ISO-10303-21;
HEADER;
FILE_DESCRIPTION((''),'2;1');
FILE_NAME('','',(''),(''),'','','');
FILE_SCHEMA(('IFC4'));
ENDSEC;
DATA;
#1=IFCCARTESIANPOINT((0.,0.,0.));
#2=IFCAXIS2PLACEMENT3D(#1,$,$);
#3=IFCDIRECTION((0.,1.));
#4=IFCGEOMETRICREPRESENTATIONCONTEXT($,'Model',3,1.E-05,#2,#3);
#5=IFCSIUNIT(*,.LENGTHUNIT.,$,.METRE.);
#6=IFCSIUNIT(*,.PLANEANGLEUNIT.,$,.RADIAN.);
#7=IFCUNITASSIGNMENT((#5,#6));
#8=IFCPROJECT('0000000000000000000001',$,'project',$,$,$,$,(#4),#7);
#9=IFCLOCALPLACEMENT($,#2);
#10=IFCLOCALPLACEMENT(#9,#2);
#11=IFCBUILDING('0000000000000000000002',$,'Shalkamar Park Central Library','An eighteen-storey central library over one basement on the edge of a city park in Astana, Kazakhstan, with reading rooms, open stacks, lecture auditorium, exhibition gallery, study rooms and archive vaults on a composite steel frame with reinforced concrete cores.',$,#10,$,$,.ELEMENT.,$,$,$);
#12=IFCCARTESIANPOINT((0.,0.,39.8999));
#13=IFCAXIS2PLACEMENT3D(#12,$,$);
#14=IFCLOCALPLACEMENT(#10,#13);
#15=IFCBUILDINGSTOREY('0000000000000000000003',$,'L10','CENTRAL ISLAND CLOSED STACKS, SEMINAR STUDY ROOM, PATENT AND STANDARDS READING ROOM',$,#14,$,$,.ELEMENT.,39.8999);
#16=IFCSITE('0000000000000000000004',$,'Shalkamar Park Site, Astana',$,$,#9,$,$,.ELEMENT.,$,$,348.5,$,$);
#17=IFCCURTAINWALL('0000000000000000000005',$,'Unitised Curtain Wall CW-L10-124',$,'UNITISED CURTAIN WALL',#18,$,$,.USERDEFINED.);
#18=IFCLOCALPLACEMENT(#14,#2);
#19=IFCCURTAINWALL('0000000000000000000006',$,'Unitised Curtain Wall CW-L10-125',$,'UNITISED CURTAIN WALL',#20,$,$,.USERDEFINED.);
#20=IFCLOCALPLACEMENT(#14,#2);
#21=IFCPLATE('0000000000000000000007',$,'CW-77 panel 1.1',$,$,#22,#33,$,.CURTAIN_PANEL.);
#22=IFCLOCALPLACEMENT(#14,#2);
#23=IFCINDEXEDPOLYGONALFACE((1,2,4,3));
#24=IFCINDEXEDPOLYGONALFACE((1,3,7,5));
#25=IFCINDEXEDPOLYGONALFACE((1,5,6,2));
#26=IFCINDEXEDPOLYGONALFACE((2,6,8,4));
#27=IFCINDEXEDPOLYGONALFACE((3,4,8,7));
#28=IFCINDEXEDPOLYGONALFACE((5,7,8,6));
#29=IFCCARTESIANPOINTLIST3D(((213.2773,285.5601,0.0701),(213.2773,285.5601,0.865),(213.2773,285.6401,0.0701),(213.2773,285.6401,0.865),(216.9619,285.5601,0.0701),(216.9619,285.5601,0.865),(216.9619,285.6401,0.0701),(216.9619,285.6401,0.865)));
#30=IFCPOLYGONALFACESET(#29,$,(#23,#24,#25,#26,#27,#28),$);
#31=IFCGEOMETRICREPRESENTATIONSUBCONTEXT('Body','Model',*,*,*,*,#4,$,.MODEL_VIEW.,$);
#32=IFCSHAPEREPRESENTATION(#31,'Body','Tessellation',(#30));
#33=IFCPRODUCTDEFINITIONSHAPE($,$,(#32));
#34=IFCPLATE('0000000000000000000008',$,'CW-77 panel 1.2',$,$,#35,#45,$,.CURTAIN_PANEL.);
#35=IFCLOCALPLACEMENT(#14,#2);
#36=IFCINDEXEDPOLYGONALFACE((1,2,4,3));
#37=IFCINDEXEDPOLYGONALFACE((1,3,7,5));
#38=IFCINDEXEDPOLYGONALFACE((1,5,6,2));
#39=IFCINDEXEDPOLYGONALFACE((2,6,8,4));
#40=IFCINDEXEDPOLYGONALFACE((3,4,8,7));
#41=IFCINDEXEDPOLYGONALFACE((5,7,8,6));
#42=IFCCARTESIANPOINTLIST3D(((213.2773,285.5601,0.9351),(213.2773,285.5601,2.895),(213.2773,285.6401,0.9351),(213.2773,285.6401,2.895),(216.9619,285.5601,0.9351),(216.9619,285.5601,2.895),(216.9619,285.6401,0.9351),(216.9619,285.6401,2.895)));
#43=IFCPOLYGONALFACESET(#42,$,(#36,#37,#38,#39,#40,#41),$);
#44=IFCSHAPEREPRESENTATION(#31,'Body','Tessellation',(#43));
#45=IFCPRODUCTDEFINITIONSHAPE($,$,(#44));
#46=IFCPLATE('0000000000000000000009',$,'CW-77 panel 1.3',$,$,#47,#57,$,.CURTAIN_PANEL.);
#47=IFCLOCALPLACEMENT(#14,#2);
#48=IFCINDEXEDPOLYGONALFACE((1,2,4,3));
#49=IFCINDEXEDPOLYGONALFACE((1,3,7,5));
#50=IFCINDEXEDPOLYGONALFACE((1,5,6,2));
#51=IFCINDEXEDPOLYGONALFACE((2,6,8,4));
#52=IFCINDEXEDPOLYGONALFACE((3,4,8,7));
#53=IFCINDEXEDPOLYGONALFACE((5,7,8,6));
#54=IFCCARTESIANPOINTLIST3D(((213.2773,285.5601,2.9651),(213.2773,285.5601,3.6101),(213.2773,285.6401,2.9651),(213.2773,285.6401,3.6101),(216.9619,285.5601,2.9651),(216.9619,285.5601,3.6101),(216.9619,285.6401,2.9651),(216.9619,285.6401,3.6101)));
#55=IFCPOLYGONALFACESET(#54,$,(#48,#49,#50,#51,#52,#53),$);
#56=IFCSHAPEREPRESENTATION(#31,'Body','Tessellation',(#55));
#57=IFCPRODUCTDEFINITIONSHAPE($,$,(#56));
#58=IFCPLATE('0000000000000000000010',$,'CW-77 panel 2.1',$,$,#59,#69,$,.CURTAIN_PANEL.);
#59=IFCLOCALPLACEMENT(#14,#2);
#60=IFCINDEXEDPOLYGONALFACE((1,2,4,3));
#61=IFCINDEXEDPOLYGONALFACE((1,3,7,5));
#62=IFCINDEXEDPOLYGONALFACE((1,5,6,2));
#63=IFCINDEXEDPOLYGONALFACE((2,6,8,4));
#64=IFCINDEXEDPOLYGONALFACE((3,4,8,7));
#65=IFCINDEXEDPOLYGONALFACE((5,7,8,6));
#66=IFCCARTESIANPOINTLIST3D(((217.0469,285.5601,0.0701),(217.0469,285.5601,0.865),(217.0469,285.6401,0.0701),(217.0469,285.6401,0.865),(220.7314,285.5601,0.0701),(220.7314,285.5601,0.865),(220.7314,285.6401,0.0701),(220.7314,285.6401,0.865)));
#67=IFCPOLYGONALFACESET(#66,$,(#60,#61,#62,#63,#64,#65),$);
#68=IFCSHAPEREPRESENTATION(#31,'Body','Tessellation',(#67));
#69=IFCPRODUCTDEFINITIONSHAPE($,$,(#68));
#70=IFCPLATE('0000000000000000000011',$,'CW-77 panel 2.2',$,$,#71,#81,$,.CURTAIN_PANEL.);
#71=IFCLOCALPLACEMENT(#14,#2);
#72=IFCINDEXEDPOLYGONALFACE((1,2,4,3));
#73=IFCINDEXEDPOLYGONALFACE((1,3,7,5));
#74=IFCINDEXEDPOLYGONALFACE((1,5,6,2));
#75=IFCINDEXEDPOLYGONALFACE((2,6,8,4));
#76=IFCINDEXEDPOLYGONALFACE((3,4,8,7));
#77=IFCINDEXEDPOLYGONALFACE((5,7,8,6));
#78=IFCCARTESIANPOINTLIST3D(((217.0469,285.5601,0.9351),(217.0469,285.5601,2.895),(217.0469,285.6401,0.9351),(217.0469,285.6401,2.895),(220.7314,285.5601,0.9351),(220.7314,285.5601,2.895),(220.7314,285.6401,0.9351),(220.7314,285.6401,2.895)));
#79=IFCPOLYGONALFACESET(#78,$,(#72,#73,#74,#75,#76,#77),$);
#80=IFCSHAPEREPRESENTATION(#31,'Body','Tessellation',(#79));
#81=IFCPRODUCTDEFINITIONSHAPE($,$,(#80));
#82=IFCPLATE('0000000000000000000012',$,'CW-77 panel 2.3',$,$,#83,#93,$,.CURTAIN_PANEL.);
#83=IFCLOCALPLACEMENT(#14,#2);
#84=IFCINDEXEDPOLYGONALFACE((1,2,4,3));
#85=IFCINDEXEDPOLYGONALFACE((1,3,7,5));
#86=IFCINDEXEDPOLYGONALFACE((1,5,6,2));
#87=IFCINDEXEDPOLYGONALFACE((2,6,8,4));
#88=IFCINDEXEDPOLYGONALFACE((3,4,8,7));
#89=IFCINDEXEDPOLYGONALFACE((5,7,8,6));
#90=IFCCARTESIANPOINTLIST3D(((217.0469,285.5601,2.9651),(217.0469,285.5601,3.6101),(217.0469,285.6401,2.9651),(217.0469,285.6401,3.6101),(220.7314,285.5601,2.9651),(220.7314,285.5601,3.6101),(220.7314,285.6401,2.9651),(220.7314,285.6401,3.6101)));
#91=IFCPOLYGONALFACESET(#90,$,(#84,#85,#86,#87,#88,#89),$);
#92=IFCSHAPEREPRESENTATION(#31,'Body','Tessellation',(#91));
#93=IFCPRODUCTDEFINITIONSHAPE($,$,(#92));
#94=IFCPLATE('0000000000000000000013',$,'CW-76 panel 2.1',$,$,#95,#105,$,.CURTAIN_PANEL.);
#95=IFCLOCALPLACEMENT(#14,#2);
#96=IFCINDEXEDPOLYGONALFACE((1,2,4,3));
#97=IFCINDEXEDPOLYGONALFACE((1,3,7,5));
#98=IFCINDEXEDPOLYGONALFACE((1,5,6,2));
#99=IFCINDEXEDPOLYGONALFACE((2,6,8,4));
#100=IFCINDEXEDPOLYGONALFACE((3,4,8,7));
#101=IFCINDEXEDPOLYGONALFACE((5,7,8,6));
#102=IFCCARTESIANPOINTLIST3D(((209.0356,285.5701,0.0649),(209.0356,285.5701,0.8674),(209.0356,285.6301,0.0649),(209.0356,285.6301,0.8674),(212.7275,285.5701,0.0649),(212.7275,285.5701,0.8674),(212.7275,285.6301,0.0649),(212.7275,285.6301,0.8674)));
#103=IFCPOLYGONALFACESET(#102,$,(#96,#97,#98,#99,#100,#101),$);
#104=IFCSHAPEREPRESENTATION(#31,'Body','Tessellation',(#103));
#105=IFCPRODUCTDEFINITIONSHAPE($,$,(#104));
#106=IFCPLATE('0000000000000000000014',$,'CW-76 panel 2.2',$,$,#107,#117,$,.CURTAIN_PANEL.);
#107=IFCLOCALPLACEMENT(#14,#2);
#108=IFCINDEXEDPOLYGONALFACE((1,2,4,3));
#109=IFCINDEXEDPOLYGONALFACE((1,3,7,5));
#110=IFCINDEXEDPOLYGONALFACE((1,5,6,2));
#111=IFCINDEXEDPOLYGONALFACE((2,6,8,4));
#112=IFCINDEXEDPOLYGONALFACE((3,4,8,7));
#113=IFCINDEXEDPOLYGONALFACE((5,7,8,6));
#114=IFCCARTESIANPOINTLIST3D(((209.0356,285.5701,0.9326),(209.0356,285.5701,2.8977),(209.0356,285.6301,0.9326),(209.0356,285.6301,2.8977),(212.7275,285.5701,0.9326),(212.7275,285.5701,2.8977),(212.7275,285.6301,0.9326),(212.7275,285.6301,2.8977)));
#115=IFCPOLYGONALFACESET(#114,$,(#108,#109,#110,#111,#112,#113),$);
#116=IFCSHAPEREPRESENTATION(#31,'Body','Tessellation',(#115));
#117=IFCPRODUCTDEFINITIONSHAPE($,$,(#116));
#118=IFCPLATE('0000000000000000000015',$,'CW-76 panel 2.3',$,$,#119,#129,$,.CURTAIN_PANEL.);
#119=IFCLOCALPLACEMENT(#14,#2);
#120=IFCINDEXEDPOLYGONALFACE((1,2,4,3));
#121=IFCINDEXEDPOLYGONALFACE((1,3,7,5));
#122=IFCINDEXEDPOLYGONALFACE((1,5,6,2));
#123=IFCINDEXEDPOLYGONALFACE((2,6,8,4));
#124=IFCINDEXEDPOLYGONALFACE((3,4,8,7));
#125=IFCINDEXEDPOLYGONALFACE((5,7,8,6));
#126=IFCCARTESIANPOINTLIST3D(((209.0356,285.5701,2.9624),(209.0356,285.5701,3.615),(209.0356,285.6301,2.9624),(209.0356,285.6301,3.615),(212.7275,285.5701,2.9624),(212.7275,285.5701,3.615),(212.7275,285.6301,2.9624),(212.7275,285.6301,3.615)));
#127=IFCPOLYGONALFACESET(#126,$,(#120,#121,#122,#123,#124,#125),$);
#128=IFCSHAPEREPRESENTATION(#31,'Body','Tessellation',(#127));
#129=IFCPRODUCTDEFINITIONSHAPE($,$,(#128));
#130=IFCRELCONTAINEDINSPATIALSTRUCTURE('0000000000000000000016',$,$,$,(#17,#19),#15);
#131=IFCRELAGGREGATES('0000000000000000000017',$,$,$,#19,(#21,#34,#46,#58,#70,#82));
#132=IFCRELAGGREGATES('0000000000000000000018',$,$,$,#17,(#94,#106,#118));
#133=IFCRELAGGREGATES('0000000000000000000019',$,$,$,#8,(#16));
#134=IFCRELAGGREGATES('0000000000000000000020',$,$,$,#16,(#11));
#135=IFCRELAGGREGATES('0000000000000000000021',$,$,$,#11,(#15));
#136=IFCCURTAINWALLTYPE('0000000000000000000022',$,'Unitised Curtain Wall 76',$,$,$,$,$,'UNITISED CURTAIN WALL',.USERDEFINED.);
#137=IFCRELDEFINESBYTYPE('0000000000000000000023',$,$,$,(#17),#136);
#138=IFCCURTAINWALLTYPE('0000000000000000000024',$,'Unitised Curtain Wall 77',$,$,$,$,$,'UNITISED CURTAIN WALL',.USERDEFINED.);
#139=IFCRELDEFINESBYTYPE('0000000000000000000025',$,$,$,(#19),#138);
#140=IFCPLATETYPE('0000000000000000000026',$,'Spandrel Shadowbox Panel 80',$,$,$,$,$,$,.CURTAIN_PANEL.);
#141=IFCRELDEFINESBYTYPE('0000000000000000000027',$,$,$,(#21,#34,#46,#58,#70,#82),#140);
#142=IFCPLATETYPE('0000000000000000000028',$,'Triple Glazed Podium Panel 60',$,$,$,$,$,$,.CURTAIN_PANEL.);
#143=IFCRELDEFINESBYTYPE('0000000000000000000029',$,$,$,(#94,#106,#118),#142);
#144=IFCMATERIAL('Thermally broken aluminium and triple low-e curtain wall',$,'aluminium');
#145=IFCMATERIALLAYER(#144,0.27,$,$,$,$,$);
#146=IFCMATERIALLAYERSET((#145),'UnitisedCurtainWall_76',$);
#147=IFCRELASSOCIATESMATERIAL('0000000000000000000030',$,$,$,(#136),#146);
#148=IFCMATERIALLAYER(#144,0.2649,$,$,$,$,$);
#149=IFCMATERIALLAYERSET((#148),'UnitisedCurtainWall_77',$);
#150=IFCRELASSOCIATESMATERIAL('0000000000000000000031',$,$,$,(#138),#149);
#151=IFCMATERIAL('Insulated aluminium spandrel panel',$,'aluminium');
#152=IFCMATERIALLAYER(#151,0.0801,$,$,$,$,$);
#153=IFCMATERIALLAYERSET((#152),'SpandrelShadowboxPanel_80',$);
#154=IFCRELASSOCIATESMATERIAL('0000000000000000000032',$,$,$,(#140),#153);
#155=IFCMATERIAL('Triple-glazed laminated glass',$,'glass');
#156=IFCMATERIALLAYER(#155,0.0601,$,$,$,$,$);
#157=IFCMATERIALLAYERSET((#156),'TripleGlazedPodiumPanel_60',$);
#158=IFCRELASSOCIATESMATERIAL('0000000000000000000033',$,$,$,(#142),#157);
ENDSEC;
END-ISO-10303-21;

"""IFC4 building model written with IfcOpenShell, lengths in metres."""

from ifc_helpers import new_model, si_unit, direction, frame, origin, origin_2d, place, context, subcontext, project, spatial, rectangle, extrude, material, layer, layer_set, type_object, element, aggregate, save


model = new_model("IFC4")

# Units and contexts
model_context = context("Model", 3, precision=1e-05, world=origin(), true_north=direction((0.0, 1.0)))
body_context = subcontext(model_context, "Body", "Model", "MODEL_VIEW")
ifc_project = project(units=[si_unit("LENGTHUNIT", "METRE"), si_unit("PLANEANGLEUNIT", "RADIAN")], contexts=[model_context])

# Site, building, storey
site_placement = place(None, origin())
site = spatial("IfcSite", under=ifc_project, at=site_placement, Name="Shalkamar Park Site, Astana", CompositionType="ELEMENT", RefElevation=348.5)
building_placement = place(site_placement, origin())
building = spatial("IfcBuilding", under=site, at=building_placement, Name="Shalkamar Park Central Library", Description="An eighteen-storey central library over one basement on the edge of a city park in Astana, Kazakhstan, with reading rooms, open stacks, lecture auditorium, exhibition gallery, study rooms and archive vaults on a composite steel frame with reinforced concrete cores.", CompositionType="ELEMENT")
storey_placement = place(building_placement, frame((0.0, 0.0, 39.8999)))
storey = spatial("IfcBuildingStorey", under=building, at=storey_placement, Name="L10", Description="CENTRAL ISLAND CLOSED STACKS, SEMINAR STUDY ROOM, PATENT AND STANDARDS READING ROOM", CompositionType="ELEMENT", Elevation=39.8999)

# Curtain wall
ifc_material_1 = material(Name="Thermally broken aluminium and triple low-e curtain wall", Category="aluminium")
ifc_layer_1 = layer(ifc_material_1, 0.27)
ifc_layer_set_1 = layer_set([ifc_layer_1], Name="UnitisedCurtainWall_76")
curtain_wall_type_1 = type_object("IfcCurtainWallType", Name="Unitised Curtain Wall 76", ElementType="UNITISED CURTAIN WALL", PredefinedType="USERDEFINED", material=ifc_layer_set_1)
curtain_wall_1_placement = place(storey_placement, origin())
curtain_wall_1 = element("IfcCurtainWall", 1, at=curtain_wall_1_placement, inside=storey, type_object=curtain_wall_type_1, Name="Unitised Curtain Wall CW-L10-124", ObjectType="UNITISED CURTAIN WALL", PredefinedType="USERDEFINED")

# Curtain wall
ifc_layer_2 = layer(ifc_material_1, 0.2649)
ifc_layer_set_2 = layer_set([ifc_layer_2], Name="UnitisedCurtainWall_77")
curtain_wall_type_2 = type_object("IfcCurtainWallType", Name="Unitised Curtain Wall 77", ElementType="UNITISED CURTAIN WALL", PredefinedType="USERDEFINED", material=ifc_layer_set_2)
curtain_wall_2_placement = place(storey_placement, origin())
curtain_wall_2 = element("IfcCurtainWall", 2, at=curtain_wall_2_placement, inside=storey, type_object=curtain_wall_type_2, Name="Unitised Curtain Wall CW-L10-125", ObjectType="UNITISED CURTAIN WALL", PredefinedType="USERDEFINED")

# Plates
ifc_material_2 = material(Name="Insulated aluminium spandrel panel", Category="aluminium")
ifc_layer_3 = layer(ifc_material_2, 0.0801)
ifc_layer_set_3 = layer_set([ifc_layer_3], Name="SpandrelShadowboxPanel_80")
plate_type_1 = type_object("IfcPlateType", Name="Spandrel Shadowbox Panel 80", PredefinedType="CURTAIN_PANEL", material=ifc_layer_set_3)
plate_1_placement = place(storey_placement, frame((215.1196, 285.6001, 0.0701), z_axis=(0.0, 0.0, 1.0), x_axis=(1.0, 0.0, 0.0)))
plate_1 = element("IfcPlate", 3, at=plate_1_placement, type_object=plate_type_1, Name="CW-77 panel 1.1", PredefinedType="CURTAIN_PANEL", context=body_context, shape_type="SweptSolid", body=[
    extrude(rectangle(XDim=3.6846, YDim=0.0801, at=origin_2d()), origin(), (0.0, 0.0, 1.0), 0.7949),
])
plate_2_placement = place(storey_placement, frame((215.1196, 285.6001, 0.9351), z_axis=(0.0, 0.0, 1.0), x_axis=(1.0, 0.0, 0.0)))
plate_2 = element("IfcPlate", 4, at=plate_2_placement, type_object=plate_type_1, Name="CW-77 panel 1.2", PredefinedType="CURTAIN_PANEL", context=body_context, shape_type="SweptSolid", body=[
    extrude(rectangle(XDim=3.6846, YDim=0.0801, at=origin_2d()), origin(), (0.0, 0.0, 1.0), 1.96),
])
plate_3_placement = place(storey_placement, frame((215.1196, 285.6001, 2.9651), z_axis=(0.0, 0.0, 1.0), x_axis=(1.0, 0.0, 0.0)))
plate_3 = element("IfcPlate", 5, at=plate_3_placement, type_object=plate_type_1, Name="CW-77 panel 1.3", PredefinedType="CURTAIN_PANEL", context=body_context, shape_type="SweptSolid", body=[
    extrude(rectangle(XDim=3.6846, YDim=0.0801, at=origin_2d()), origin(), (0.0, 0.0, 1.0), 0.645),
])
plate_4_placement = place(storey_placement, frame((218.8892, 285.6001, 0.0701), z_axis=(0.0, 0.0, 1.0), x_axis=(1.0, 0.0, 0.0)))
plate_4 = element("IfcPlate", 6, at=plate_4_placement, type_object=plate_type_1, Name="CW-77 panel 2.1", PredefinedType="CURTAIN_PANEL", context=body_context, shape_type="SweptSolid", body=[
    extrude(rectangle(XDim=3.6846, YDim=0.0801, at=origin_2d()), origin(), (0.0, 0.0, 1.0), 0.7949),
])
plate_5_placement = place(storey_placement, frame((218.8892, 285.6001, 0.9351), z_axis=(0.0, 0.0, 1.0), x_axis=(1.0, 0.0, 0.0)))
plate_5 = element("IfcPlate", 7, at=plate_5_placement, type_object=plate_type_1, Name="CW-77 panel 2.2", PredefinedType="CURTAIN_PANEL", context=body_context, shape_type="SweptSolid", body=[
    extrude(rectangle(XDim=3.6846, YDim=0.0801, at=origin_2d()), origin(), (0.0, 0.0, 1.0), 1.96),
])
plate_6_placement = place(storey_placement, frame((218.8892, 285.6001, 2.9651), z_axis=(0.0, 0.0, 1.0), x_axis=(1.0, 0.0, 0.0)))
plate_6 = element("IfcPlate", 8, at=plate_6_placement, type_object=plate_type_1, Name="CW-77 panel 2.3", PredefinedType="CURTAIN_PANEL", context=body_context, shape_type="SweptSolid", body=[
    extrude(rectangle(XDim=3.6846, YDim=0.0801, at=origin_2d()), origin(), (0.0, 0.0, 1.0), 0.645),
])
aggregate(curtain_wall_2, [plate_1, plate_2, plate_3, plate_4, plate_5, plate_6])
ifc_material_3 = material(Name="Triple-glazed laminated glass", Category="glass")
ifc_layer_4 = layer(ifc_material_3, 0.0601)
ifc_layer_set_4 = layer_set([ifc_layer_4], Name="TripleGlazedPodiumPanel_60")
plate_type_2 = type_object("IfcPlateType", Name="Triple Glazed Podium Panel 60", PredefinedType="CURTAIN_PANEL", material=ifc_layer_set_4)
plate_7_placement = place(storey_placement, frame((210.8816, 285.6001, 0.0649), z_axis=(0.0, 0.0, 1.0), x_axis=(1.0, 0.0, 0.0)))
plate_7 = element("IfcPlate", 9, at=plate_7_placement, type_object=plate_type_2, Name="CW-76 panel 2.1", PredefinedType="CURTAIN_PANEL", context=body_context, shape_type="SweptSolid", body=[
    extrude(rectangle(XDim=3.6919, YDim=0.0601, at=origin_2d()), origin(), (0.0, 0.0, 1.0), 0.8025),
])
plate_8_placement = place(storey_placement, frame((210.8816, 285.6001, 0.9326), z_axis=(0.0, 0.0, 1.0), x_axis=(1.0, 0.0, 0.0)))
plate_8 = element("IfcPlate", 10, at=plate_8_placement, type_object=plate_type_2, Name="CW-76 panel 2.2", PredefinedType="CURTAIN_PANEL", context=body_context, shape_type="SweptSolid", body=[
    extrude(rectangle(XDim=3.6919, YDim=0.0601, at=origin_2d()), origin(), (0.0, 0.0, 1.0), 1.9651),
])
plate_9_placement = place(storey_placement, frame((210.8816, 285.6001, 2.9624), z_axis=(0.0, 0.0, 1.0), x_axis=(1.0, 0.0, 0.0)))
plate_9 = element("IfcPlate", 11, at=plate_9_placement, type_object=plate_type_2, Name="CW-76 panel 2.3", PredefinedType="CURTAIN_PANEL", context=body_context, shape_type="SweptSolid", body=[
    extrude(rectangle(XDim=3.6919, YDim=0.0601, at=origin_2d()), origin(), (0.0, 0.0, 1.0), 0.6526),
])
aggregate(curtain_wall_1, [plate_7, plate_8, plate_9])

save(model, "model.ifc")
